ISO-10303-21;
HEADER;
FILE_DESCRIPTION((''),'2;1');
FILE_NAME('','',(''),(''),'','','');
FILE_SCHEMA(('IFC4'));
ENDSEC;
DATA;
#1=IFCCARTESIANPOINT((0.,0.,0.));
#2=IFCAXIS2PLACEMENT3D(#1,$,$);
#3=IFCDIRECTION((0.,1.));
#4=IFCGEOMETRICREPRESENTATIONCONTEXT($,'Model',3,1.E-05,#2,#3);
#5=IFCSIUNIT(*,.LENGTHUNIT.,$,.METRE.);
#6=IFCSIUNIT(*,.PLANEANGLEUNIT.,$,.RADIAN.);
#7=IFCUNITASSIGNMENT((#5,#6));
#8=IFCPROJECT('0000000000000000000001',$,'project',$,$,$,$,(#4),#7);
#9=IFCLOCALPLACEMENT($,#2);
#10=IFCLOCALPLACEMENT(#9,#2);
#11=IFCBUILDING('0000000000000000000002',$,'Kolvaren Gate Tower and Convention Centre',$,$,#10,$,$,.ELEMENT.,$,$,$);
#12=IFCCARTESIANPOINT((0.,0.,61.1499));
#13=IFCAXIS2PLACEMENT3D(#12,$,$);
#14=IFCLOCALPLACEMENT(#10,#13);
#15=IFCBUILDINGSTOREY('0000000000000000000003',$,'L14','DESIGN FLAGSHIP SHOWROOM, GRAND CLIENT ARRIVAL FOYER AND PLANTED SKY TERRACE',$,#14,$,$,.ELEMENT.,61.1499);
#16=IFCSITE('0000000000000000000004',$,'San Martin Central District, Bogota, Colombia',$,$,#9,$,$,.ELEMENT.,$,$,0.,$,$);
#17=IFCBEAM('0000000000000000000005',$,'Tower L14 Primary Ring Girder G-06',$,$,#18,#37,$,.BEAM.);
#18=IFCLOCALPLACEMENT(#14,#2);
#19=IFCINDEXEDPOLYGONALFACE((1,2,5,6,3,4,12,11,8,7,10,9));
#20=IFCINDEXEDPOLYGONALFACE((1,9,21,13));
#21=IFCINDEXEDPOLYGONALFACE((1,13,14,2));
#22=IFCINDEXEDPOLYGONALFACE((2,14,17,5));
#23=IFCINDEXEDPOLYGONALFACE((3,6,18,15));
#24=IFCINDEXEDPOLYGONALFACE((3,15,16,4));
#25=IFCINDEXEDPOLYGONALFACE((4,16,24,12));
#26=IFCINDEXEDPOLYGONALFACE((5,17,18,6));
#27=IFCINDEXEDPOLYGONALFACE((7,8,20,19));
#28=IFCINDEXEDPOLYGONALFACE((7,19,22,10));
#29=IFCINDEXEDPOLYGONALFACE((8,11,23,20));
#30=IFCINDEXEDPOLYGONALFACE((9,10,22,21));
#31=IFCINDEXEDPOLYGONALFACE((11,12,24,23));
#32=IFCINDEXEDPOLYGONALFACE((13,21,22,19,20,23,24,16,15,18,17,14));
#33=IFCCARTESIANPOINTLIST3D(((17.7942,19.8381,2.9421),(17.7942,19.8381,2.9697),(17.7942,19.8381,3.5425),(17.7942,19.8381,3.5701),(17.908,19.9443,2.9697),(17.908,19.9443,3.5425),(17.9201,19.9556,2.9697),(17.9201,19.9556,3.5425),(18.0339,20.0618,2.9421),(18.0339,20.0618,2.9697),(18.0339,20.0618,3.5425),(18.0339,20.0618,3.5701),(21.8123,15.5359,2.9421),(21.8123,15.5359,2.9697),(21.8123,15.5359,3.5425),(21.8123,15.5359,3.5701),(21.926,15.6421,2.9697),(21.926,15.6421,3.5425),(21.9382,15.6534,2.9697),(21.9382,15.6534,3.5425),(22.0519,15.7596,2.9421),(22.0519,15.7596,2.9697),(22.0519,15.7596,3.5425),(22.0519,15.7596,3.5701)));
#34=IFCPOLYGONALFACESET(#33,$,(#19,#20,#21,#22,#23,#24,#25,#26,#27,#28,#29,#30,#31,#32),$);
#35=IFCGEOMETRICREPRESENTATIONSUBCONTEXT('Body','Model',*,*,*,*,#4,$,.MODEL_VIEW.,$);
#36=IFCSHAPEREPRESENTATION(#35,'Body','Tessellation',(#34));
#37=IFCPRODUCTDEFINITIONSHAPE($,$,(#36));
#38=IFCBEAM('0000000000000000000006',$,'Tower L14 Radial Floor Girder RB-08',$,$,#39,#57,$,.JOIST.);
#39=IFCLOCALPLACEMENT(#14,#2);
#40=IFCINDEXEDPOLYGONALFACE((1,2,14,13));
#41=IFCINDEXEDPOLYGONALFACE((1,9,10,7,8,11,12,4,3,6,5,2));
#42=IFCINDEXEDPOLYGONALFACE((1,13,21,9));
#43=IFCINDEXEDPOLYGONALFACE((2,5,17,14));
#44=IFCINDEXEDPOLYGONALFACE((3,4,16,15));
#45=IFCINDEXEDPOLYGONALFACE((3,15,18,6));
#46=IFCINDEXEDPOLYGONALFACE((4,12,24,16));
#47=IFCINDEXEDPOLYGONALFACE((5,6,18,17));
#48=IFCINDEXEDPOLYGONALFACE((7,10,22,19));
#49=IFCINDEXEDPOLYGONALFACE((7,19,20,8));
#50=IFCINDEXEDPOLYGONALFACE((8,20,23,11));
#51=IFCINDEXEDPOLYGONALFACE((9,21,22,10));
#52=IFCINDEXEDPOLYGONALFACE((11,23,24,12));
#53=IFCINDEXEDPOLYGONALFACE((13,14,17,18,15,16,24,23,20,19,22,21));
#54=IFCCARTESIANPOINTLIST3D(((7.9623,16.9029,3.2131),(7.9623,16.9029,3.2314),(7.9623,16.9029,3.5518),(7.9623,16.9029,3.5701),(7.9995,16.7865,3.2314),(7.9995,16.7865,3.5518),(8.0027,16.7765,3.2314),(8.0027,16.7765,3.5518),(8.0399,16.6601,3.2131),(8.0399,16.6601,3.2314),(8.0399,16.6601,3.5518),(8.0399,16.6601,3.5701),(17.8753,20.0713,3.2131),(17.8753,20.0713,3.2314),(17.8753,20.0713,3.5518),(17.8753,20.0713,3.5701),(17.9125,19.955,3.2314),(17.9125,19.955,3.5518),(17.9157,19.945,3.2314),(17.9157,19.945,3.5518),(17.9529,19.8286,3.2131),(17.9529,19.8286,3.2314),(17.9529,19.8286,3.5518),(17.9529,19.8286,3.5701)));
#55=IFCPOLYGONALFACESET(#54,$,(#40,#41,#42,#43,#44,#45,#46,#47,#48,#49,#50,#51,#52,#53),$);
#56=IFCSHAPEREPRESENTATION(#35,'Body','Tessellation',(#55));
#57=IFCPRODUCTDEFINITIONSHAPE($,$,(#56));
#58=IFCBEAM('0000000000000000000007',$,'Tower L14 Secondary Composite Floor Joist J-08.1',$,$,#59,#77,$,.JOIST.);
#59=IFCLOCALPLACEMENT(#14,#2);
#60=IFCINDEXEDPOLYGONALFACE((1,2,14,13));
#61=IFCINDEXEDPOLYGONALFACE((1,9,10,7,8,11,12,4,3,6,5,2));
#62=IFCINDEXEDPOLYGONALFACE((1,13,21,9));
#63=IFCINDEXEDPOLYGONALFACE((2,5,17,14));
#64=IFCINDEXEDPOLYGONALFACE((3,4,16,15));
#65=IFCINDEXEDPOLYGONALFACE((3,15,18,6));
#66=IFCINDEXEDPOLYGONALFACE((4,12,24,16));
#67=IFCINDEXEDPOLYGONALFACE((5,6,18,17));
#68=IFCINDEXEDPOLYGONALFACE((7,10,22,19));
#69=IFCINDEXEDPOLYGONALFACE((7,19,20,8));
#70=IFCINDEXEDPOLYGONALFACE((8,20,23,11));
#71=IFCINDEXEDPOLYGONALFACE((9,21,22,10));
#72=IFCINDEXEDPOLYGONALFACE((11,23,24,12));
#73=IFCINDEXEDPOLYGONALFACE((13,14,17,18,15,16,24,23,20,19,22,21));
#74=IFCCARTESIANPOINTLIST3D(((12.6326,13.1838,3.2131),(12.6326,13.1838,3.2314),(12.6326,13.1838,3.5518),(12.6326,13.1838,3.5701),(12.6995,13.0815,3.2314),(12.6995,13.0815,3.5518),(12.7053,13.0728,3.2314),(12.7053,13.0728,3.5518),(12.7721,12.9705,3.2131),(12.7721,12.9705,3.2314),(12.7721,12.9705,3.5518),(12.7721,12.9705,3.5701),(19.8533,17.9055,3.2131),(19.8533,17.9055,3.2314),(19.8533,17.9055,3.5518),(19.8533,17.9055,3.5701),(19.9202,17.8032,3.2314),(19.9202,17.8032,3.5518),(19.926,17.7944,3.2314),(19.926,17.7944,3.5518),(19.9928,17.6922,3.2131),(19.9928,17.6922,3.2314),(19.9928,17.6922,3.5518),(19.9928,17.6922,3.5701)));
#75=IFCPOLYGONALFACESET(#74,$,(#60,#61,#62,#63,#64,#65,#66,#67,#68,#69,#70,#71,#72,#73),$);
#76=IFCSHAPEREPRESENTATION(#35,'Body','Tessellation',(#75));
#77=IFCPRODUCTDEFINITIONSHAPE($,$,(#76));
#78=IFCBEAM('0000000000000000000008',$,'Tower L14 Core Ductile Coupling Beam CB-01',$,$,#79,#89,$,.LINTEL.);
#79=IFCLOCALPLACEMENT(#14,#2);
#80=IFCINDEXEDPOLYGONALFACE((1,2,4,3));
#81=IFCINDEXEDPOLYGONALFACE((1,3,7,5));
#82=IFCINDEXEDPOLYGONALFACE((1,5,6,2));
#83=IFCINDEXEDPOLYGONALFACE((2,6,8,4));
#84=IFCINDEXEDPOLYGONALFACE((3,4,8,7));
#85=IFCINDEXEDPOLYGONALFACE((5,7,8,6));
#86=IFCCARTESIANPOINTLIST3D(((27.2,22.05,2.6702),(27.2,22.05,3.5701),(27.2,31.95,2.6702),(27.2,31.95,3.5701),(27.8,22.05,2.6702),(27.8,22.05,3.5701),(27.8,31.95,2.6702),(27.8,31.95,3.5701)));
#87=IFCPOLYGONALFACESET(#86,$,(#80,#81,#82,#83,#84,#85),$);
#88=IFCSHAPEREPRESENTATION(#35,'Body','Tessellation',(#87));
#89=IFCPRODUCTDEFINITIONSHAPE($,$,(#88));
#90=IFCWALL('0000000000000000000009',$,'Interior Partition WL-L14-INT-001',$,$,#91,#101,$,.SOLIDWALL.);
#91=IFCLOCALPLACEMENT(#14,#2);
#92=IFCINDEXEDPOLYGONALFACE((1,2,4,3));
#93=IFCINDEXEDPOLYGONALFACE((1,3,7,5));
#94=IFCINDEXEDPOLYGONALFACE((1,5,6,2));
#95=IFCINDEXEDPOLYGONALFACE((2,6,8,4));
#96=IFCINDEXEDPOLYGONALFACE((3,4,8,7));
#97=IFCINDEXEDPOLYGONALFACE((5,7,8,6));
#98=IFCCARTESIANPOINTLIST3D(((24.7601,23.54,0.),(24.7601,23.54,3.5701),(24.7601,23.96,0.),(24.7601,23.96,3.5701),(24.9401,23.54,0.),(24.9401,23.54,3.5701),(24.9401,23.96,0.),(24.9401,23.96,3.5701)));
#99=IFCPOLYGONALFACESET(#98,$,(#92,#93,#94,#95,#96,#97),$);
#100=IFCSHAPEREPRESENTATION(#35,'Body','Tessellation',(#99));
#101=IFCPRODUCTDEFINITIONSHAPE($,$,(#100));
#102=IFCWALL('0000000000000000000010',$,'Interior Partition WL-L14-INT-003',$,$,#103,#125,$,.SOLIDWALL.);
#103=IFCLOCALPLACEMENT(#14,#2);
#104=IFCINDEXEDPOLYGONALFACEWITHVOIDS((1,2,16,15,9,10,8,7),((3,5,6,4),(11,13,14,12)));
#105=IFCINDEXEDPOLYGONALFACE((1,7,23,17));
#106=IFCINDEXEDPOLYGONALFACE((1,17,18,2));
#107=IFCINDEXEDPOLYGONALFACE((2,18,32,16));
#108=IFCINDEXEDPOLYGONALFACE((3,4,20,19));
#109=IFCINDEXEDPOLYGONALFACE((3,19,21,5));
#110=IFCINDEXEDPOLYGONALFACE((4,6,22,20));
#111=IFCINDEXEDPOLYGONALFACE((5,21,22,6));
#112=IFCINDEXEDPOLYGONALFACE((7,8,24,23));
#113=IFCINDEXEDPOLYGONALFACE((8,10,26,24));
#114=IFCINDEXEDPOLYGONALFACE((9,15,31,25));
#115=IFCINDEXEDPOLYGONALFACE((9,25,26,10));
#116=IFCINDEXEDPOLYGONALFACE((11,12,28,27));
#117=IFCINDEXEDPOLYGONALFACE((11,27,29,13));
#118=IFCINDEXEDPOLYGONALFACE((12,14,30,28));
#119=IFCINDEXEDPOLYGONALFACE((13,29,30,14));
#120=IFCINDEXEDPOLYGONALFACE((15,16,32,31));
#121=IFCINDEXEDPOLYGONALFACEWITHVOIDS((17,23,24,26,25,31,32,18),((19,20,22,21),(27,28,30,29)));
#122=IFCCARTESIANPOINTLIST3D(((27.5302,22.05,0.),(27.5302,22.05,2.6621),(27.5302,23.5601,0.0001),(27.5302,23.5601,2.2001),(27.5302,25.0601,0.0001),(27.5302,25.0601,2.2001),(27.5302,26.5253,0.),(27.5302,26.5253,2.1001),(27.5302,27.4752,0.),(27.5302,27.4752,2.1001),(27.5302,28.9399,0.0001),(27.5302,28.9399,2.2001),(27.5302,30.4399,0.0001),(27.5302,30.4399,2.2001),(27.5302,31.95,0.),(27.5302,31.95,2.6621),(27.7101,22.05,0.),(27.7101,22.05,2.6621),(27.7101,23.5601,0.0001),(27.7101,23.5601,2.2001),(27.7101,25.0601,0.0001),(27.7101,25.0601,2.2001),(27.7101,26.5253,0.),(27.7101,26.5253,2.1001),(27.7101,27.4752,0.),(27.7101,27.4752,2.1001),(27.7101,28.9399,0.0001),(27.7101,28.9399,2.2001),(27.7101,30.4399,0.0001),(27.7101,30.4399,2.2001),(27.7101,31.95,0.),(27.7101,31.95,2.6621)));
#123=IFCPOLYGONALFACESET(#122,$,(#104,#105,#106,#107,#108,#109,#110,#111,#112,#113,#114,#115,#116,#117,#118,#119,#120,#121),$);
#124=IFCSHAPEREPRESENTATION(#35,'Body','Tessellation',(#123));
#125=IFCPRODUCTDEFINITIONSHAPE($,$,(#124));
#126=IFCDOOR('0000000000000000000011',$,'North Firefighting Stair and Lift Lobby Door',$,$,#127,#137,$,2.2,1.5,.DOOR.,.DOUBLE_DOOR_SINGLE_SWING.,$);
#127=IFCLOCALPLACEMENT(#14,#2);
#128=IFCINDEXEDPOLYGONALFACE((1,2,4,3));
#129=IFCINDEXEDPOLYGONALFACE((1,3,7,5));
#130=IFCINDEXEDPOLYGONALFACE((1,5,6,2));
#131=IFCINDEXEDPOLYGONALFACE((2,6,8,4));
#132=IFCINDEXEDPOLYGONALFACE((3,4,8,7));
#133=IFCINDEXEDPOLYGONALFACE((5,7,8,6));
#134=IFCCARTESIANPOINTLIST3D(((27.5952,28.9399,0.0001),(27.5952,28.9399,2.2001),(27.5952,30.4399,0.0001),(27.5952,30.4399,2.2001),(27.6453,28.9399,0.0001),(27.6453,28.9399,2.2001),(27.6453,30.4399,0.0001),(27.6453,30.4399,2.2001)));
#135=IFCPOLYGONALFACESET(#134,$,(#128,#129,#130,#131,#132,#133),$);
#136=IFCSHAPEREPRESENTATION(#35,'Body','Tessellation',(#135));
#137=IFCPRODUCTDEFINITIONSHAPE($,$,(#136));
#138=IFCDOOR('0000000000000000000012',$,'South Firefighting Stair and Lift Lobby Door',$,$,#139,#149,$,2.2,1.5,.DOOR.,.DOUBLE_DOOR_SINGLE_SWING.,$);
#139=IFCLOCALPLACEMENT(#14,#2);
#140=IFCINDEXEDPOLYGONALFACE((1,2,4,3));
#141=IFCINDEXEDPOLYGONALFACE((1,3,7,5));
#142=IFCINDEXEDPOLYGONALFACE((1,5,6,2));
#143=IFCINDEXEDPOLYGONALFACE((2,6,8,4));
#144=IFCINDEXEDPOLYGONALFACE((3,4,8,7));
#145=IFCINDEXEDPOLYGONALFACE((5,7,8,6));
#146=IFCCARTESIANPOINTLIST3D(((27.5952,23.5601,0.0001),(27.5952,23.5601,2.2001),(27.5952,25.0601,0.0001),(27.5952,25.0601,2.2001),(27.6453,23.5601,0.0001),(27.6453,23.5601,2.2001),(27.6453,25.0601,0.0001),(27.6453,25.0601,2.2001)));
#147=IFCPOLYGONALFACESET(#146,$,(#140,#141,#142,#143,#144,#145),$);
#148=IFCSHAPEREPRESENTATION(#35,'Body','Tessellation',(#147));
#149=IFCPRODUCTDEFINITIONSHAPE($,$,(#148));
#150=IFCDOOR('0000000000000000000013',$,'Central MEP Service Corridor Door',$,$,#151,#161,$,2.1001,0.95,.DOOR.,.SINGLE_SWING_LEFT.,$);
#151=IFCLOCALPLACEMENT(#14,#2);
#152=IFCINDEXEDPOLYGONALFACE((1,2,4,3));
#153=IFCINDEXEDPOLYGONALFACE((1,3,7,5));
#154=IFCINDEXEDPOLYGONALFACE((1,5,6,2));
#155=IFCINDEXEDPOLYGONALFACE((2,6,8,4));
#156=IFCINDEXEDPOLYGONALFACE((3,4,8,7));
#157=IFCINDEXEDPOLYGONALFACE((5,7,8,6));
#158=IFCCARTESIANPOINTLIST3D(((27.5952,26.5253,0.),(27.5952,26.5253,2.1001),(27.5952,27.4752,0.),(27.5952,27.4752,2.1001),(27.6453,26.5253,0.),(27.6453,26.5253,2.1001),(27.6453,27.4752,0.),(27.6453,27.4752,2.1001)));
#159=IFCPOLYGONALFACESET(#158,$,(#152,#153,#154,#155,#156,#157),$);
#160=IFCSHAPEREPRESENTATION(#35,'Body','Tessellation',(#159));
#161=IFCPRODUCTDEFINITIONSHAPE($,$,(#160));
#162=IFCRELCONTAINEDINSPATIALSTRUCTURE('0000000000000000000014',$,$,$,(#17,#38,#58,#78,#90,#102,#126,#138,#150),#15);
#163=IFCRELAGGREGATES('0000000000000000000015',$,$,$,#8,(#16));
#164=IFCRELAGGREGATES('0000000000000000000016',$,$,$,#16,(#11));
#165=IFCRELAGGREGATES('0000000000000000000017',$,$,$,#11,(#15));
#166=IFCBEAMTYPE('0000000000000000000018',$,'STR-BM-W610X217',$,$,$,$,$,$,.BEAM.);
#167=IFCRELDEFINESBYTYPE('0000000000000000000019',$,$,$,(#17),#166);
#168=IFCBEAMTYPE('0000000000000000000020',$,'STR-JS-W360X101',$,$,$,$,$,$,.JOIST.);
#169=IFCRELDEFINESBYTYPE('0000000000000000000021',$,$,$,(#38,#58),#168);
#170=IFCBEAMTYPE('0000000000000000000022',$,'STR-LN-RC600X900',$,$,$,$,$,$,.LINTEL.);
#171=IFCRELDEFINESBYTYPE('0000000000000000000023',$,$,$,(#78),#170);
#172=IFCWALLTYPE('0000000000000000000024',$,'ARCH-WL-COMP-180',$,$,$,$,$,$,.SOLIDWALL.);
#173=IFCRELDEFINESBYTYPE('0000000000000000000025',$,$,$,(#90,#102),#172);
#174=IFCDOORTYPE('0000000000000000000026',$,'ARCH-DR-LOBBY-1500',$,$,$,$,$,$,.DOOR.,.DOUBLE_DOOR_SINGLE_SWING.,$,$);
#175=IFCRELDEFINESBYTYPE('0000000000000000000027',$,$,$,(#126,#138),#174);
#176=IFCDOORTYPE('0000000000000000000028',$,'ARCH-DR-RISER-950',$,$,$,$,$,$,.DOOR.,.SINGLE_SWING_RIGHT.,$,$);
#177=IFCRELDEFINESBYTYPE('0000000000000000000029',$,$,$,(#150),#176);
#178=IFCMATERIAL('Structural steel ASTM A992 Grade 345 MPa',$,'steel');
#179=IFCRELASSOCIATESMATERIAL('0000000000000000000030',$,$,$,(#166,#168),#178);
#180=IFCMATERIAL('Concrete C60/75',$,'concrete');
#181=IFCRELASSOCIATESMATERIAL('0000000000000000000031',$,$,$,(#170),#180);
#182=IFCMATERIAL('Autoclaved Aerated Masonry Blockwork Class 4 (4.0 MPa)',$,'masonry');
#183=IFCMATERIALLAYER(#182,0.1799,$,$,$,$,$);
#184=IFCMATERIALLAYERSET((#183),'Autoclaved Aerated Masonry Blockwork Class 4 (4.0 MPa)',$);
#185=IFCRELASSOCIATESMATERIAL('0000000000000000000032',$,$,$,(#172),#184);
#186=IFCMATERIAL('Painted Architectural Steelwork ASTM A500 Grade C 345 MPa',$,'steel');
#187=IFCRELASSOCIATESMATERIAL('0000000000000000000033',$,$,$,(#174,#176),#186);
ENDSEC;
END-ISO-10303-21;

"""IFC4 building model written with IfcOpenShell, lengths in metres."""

from ifc_helpers import new_model, si_unit, direction, frame, frame_2d, origin, origin_2d, place, context, subcontext, project, spatial, rectangle, i_section, extrude, material, layer, layer_set, material_profile, profile_set, type_object, element, fill, save


model = new_model("IFC4")

# Units and contexts
model_context = context("Model", 3, precision=1e-05, world=origin(), true_north=direction((0.0, 1.0)))
body_context = subcontext(model_context, "Body", "Model", "MODEL_VIEW")
ifc_project = project(units=[si_unit("LENGTHUNIT", "METRE"), si_unit("PLANEANGLEUNIT", "RADIAN")], contexts=[model_context])

# Site, building, storey
site_placement = place(None, origin())
site = spatial("IfcSite", under=ifc_project, at=site_placement, Name="San Martin Central District, Bogota, Colombia", CompositionType="ELEMENT", RefElevation=0.0)
building_placement = place(site_placement, origin())
building = spatial("IfcBuilding", under=site, at=building_placement, Name="Kolvaren Gate Tower and Convention Centre", CompositionType="ELEMENT")
storey_placement = place(building_placement, frame((0.0, 0.0, 61.1499)))
storey = spatial("IfcBuildingStorey", under=building, at=storey_placement, Name="L14", Description="DESIGN FLAGSHIP SHOWROOM, GRAND CLIENT ARRIVAL FOYER AND PLANTED SKY TERRACE", CompositionType="ELEMENT", Elevation=61.1499)

# Beams
ifc_material_1 = material(Name="Structural steel ASTM A992 Grade 345 MPa", Category="steel")
ifc_material_profile_1 = material_profile(ifc_material_1, i_section(OverallWidth=0.3279, OverallDepth=0.6279, WebThickness=0.0166, FlangeThickness=0.0276, at=origin_2d()), Name="W610X217")
ifc_profile_set_1 = profile_set([ifc_material_profile_1], Name="Structural steel ASTM A992 Grade 345 MPa")
beam_type_1 = type_object("IfcBeamType", Name="STR-BM-W610X217", PredefinedType="BEAM", material=ifc_profile_set_1)
beam_1_placement = place(storey_placement, frame((17.9141, 19.95, 3.2561), z_axis=(0.682558, -0.730832, 0.0), x_axis=(0.730832, 0.682558, 0.0)))
element("IfcBeam", 1, at=beam_1_placement, inside=storey, type_object=beam_type_1, Name="Tower L14 Primary Ring Girder G-06", PredefinedType="BEAM", context=body_context, shape_type="SweptSolid", body=[
    extrude(i_section(OverallWidth=0.3279, OverallDepth=0.6279, WebThickness=0.0166, FlangeThickness=0.0276, at=origin_2d()), origin(), (0.0, 0.0, 1.0), 5.8867),
])
ifc_material_profile_2 = material_profile(ifc_material_1, i_section(OverallWidth=0.2549, OverallDepth=0.3569, WebThickness=0.0105, FlangeThickness=0.0183, at=origin_2d()), Name="W360X101")
ifc_profile_set_2 = profile_set([ifc_material_profile_2], Name="Structural steel ASTM A992 Grade 345 MPa")
beam_type_2 = type_object("IfcBeamType", Name="STR-JS-W360X101", PredefinedType="JOIST", material=ifc_profile_set_2)
beam_2_placement = place(storey_placement, frame((17.9141, 19.95, 3.3916), z_axis=(-0.952526, -0.304457, 0.0), x_axis=(0.304457, -0.952526, 0.0)))
element("IfcBeam", 2, at=beam_2_placement, inside=storey, type_object=beam_type_2, Name="Tower L14 Radial Floor Girder RB-08", PredefinedType="JOIST", context=body_context, shape_type="SweptSolid", body=[
    extrude(i_section(OverallWidth=0.2549, OverallDepth=0.3569, WebThickness=0.0105, FlangeThickness=0.0183, at=origin_2d()), origin(), (0.0, 0.0, 1.0), 10.407),
])
beam_3_placement = place(storey_placement, frame((19.9231, 17.7988, 3.3916), z_axis=(-0.836946, -0.547286, 0.0), x_axis=(0.547286, -0.836946, 0.0)))
element("IfcBeam", 3, at=beam_3_placement, inside=storey, type_object=beam_type_2, Name="Tower L14 Secondary Composite Floor Joist J-08.1", PredefinedType="JOIST", context=body_context, shape_type="SweptSolid", body=[
    extrude(i_section(OverallWidth=0.2549, OverallDepth=0.3569, WebThickness=0.0105, FlangeThickness=0.0183, at=origin_2d()), origin(), (0.0, 0.0, 1.0), 8.6274),
])
ifc_material_2 = material(Name="Concrete C60/75", Category="concrete")
ifc_material_profile_3 = material_profile(ifc_material_2, rectangle(XDim=0.6001, YDim=0.8999, at=origin_2d()), Name="RC-BM-600X900")
ifc_profile_set_3 = profile_set([ifc_material_profile_3], Name="Concrete C60/75")
beam_type_3 = type_object("IfcBeamType", Name="STR-LN-RC600X900", PredefinedType="LINTEL", material=ifc_profile_set_3)
beam_4_placement = place(storey_placement, frame((27.5, 22.05, 3.1201), z_axis=(0.0, 1.0, 0.0), x_axis=(-1.0, 0.0, 0.0)))
element("IfcBeam", 4, at=beam_4_placement, inside=storey, type_object=beam_type_3, Name="Tower L14 Core Ductile Coupling Beam CB-01", PredefinedType="LINTEL", context=body_context, shape_type="SweptSolid", body=[
    extrude(rectangle(XDim=0.6001, YDim=0.8999, at=origin_2d()), origin(), (0.0, 0.0, 1.0), 9.8999),
])

# Wall
ifc_material_3 = material(Name="Autoclaved Aerated Masonry Blockwork Class 4 (4.0 MPa)", Category="masonry")
ifc_layer_1 = layer(ifc_material_3, 0.1799)
ifc_layer_set_1 = layer_set([ifc_layer_1], Name="Autoclaved Aerated Masonry Blockwork Class 4 (4.0 MPa)")
wall_type_1 = type_object("IfcWallType", Name="ARCH-WL-COMP-180", PredefinedType="SOLIDWALL", material=ifc_layer_set_1)
wall_1_placement = place(storey_placement, frame((24.8501, 23.54, 0.0), z_axis=(0.0, 0.0, 1.0), x_axis=(0.0, 1.0, 0.0)))
element("IfcWall", 5, at=wall_1_placement, inside=storey, type_object=wall_type_1, Name="Interior Partition WL-L14-INT-001", PredefinedType="SOLIDWALL", context=body_context, shape_type="SweptSolid", body=[
    extrude(rectangle(XDim=0.4199, YDim=0.1799, at=frame_2d((0.21, 0.0))), origin(), (0.0, 0.0, 1.0), 3.5701),
])

# Wall, openings, doors
wall_2_placement = place(storey_placement, frame((27.6201, 22.05, 0.0), z_axis=(0.0, 0.0, 1.0), x_axis=(0.0, 1.0, 0.0)))
wall_2 = element("IfcWall", 6, at=wall_2_placement, inside=storey, type_object=wall_type_1, Name="Interior Partition WL-L14-INT-003", PredefinedType="SOLIDWALL", context=body_context, shape_type="SweptSolid", body=[
    extrude(rectangle(XDim=9.8999, YDim=0.1799, at=frame_2d((4.95, 0.0))), origin(), (0.0, 0.0, 1.0), 2.6621),
])
opening_1_placement = place(wall_2_placement, frame((4.4751, 0.0, 0.0)))
opening_1 = element("IfcOpeningElement", 7, at=opening_1_placement, cuts=wall_2, PredefinedType="OPENING", context=body_context, shape_type="SweptSolid", body=[
    extrude(rectangle(XDim=0.95, YDim=2.1001, at=frame_2d((0.4751, 1.05))), frame((0.0, 0.0999, 0.0), z_axis=(0.0, -1.0, 0.0), x_axis=(1.0, 0.0, 0.0)), (0.0, 0.0, 1.0), 0.2),
])
opening_2_placement = place(wall_2_placement, frame((6.8899, 0.0, 0.0)))
opening_2 = element("IfcOpeningElement", 8, at=opening_2_placement, cuts=wall_2, PredefinedType="OPENING", context=body_context, shape_type="SweptSolid", body=[
    extrude(rectangle(XDim=1.5, YDim=2.2, at=frame_2d((0.75, 1.1001))), frame((0.0, 0.0999, 0.0), z_axis=(0.0, -1.0, 0.0), x_axis=(1.0, 0.0, 0.0)), (0.0, 0.0, 1.0), 0.2),
])
opening_3_placement = place(wall_2_placement, frame((1.51, 0.0, 0.0)))
opening_3 = element("IfcOpeningElement", 9, at=opening_3_placement, cuts=wall_2, PredefinedType="OPENING", context=body_context, shape_type="SweptSolid", body=[
    extrude(rectangle(XDim=1.5, YDim=2.2, at=frame_2d((0.75, 1.1001))), frame((0.0, 0.0999, 0.0), z_axis=(0.0, -1.0, 0.0), x_axis=(1.0, 0.0, 0.0)), (0.0, 0.0, 1.0), 0.2),
])
ifc_material_4 = material(Name="Painted Architectural Steelwork ASTM A500 Grade C 345 MPa", Category="steel")
door_type_1 = type_object("IfcDoorType", Name="ARCH-DR-LOBBY-1500", OperationType="DOUBLE_DOOR_SINGLE_SWING", PredefinedType="DOOR", material=ifc_material_4)
door_1_placement = place(opening_2_placement, origin())
door_1 = element("IfcDoor", 10, at=door_1_placement, inside=storey, type_object=door_type_1, Name="North Firefighting Stair and Lift Lobby Door", OperationType="DOUBLE_DOOR_SINGLE_SWING", OverallHeight=2.2, OverallWidth=1.5, PredefinedType="DOOR", context=body_context, shape_type="SweptSolid", body=[
    extrude(rectangle(XDim=1.5, YDim=2.2, at=frame_2d((0.75, 1.1001))), frame((0.0, 0.0249, 0.0), z_axis=(0.0, -1.0, 0.0), x_axis=(1.0, 0.0, 0.0)), (0.0, 0.0, 1.0), 0.05),
])
fill(opening_2, door_1)
door_2_placement = place(opening_3_placement, origin())
door_2 = element("IfcDoor", 11, at=door_2_placement, inside=storey, type_object=door_type_1, Name="South Firefighting Stair and Lift Lobby Door", OperationType="DOUBLE_DOOR_SINGLE_SWING", OverallHeight=2.2, OverallWidth=1.5, PredefinedType="DOOR", context=body_context, shape_type="SweptSolid", body=[
    extrude(rectangle(XDim=1.5, YDim=2.2, at=frame_2d((0.75, 1.1001))), frame((0.0, 0.0249, 0.0), z_axis=(0.0, -1.0, 0.0), x_axis=(1.0, 0.0, 0.0)), (0.0, 0.0, 1.0), 0.05),
])
fill(opening_3, door_2)
door_type_2 = type_object("IfcDoorType", Name="ARCH-DR-RISER-950", OperationType="SINGLE_SWING_RIGHT", PredefinedType="DOOR", material=ifc_material_4)
door_3_placement = place(opening_1_placement, origin())
door_3 = element("IfcDoor", 12, at=door_3_placement, inside=storey, type_object=door_type_2, Name="Central MEP Service Corridor Door", OperationType="SINGLE_SWING_LEFT", OverallHeight=2.1001, OverallWidth=0.95, PredefinedType="DOOR", context=body_context, shape_type="SweptSolid", body=[
    extrude(rectangle(XDim=0.95, YDim=2.1001, at=frame_2d((0.4751, 1.05))), frame((0.0, 0.0249, 0.0), z_axis=(0.0, -1.0, 0.0), x_axis=(1.0, 0.0, 0.0)), (0.0, 0.0, 1.0), 0.05),
])
fill(opening_1, door_3)

save(model, "model.ifc")
